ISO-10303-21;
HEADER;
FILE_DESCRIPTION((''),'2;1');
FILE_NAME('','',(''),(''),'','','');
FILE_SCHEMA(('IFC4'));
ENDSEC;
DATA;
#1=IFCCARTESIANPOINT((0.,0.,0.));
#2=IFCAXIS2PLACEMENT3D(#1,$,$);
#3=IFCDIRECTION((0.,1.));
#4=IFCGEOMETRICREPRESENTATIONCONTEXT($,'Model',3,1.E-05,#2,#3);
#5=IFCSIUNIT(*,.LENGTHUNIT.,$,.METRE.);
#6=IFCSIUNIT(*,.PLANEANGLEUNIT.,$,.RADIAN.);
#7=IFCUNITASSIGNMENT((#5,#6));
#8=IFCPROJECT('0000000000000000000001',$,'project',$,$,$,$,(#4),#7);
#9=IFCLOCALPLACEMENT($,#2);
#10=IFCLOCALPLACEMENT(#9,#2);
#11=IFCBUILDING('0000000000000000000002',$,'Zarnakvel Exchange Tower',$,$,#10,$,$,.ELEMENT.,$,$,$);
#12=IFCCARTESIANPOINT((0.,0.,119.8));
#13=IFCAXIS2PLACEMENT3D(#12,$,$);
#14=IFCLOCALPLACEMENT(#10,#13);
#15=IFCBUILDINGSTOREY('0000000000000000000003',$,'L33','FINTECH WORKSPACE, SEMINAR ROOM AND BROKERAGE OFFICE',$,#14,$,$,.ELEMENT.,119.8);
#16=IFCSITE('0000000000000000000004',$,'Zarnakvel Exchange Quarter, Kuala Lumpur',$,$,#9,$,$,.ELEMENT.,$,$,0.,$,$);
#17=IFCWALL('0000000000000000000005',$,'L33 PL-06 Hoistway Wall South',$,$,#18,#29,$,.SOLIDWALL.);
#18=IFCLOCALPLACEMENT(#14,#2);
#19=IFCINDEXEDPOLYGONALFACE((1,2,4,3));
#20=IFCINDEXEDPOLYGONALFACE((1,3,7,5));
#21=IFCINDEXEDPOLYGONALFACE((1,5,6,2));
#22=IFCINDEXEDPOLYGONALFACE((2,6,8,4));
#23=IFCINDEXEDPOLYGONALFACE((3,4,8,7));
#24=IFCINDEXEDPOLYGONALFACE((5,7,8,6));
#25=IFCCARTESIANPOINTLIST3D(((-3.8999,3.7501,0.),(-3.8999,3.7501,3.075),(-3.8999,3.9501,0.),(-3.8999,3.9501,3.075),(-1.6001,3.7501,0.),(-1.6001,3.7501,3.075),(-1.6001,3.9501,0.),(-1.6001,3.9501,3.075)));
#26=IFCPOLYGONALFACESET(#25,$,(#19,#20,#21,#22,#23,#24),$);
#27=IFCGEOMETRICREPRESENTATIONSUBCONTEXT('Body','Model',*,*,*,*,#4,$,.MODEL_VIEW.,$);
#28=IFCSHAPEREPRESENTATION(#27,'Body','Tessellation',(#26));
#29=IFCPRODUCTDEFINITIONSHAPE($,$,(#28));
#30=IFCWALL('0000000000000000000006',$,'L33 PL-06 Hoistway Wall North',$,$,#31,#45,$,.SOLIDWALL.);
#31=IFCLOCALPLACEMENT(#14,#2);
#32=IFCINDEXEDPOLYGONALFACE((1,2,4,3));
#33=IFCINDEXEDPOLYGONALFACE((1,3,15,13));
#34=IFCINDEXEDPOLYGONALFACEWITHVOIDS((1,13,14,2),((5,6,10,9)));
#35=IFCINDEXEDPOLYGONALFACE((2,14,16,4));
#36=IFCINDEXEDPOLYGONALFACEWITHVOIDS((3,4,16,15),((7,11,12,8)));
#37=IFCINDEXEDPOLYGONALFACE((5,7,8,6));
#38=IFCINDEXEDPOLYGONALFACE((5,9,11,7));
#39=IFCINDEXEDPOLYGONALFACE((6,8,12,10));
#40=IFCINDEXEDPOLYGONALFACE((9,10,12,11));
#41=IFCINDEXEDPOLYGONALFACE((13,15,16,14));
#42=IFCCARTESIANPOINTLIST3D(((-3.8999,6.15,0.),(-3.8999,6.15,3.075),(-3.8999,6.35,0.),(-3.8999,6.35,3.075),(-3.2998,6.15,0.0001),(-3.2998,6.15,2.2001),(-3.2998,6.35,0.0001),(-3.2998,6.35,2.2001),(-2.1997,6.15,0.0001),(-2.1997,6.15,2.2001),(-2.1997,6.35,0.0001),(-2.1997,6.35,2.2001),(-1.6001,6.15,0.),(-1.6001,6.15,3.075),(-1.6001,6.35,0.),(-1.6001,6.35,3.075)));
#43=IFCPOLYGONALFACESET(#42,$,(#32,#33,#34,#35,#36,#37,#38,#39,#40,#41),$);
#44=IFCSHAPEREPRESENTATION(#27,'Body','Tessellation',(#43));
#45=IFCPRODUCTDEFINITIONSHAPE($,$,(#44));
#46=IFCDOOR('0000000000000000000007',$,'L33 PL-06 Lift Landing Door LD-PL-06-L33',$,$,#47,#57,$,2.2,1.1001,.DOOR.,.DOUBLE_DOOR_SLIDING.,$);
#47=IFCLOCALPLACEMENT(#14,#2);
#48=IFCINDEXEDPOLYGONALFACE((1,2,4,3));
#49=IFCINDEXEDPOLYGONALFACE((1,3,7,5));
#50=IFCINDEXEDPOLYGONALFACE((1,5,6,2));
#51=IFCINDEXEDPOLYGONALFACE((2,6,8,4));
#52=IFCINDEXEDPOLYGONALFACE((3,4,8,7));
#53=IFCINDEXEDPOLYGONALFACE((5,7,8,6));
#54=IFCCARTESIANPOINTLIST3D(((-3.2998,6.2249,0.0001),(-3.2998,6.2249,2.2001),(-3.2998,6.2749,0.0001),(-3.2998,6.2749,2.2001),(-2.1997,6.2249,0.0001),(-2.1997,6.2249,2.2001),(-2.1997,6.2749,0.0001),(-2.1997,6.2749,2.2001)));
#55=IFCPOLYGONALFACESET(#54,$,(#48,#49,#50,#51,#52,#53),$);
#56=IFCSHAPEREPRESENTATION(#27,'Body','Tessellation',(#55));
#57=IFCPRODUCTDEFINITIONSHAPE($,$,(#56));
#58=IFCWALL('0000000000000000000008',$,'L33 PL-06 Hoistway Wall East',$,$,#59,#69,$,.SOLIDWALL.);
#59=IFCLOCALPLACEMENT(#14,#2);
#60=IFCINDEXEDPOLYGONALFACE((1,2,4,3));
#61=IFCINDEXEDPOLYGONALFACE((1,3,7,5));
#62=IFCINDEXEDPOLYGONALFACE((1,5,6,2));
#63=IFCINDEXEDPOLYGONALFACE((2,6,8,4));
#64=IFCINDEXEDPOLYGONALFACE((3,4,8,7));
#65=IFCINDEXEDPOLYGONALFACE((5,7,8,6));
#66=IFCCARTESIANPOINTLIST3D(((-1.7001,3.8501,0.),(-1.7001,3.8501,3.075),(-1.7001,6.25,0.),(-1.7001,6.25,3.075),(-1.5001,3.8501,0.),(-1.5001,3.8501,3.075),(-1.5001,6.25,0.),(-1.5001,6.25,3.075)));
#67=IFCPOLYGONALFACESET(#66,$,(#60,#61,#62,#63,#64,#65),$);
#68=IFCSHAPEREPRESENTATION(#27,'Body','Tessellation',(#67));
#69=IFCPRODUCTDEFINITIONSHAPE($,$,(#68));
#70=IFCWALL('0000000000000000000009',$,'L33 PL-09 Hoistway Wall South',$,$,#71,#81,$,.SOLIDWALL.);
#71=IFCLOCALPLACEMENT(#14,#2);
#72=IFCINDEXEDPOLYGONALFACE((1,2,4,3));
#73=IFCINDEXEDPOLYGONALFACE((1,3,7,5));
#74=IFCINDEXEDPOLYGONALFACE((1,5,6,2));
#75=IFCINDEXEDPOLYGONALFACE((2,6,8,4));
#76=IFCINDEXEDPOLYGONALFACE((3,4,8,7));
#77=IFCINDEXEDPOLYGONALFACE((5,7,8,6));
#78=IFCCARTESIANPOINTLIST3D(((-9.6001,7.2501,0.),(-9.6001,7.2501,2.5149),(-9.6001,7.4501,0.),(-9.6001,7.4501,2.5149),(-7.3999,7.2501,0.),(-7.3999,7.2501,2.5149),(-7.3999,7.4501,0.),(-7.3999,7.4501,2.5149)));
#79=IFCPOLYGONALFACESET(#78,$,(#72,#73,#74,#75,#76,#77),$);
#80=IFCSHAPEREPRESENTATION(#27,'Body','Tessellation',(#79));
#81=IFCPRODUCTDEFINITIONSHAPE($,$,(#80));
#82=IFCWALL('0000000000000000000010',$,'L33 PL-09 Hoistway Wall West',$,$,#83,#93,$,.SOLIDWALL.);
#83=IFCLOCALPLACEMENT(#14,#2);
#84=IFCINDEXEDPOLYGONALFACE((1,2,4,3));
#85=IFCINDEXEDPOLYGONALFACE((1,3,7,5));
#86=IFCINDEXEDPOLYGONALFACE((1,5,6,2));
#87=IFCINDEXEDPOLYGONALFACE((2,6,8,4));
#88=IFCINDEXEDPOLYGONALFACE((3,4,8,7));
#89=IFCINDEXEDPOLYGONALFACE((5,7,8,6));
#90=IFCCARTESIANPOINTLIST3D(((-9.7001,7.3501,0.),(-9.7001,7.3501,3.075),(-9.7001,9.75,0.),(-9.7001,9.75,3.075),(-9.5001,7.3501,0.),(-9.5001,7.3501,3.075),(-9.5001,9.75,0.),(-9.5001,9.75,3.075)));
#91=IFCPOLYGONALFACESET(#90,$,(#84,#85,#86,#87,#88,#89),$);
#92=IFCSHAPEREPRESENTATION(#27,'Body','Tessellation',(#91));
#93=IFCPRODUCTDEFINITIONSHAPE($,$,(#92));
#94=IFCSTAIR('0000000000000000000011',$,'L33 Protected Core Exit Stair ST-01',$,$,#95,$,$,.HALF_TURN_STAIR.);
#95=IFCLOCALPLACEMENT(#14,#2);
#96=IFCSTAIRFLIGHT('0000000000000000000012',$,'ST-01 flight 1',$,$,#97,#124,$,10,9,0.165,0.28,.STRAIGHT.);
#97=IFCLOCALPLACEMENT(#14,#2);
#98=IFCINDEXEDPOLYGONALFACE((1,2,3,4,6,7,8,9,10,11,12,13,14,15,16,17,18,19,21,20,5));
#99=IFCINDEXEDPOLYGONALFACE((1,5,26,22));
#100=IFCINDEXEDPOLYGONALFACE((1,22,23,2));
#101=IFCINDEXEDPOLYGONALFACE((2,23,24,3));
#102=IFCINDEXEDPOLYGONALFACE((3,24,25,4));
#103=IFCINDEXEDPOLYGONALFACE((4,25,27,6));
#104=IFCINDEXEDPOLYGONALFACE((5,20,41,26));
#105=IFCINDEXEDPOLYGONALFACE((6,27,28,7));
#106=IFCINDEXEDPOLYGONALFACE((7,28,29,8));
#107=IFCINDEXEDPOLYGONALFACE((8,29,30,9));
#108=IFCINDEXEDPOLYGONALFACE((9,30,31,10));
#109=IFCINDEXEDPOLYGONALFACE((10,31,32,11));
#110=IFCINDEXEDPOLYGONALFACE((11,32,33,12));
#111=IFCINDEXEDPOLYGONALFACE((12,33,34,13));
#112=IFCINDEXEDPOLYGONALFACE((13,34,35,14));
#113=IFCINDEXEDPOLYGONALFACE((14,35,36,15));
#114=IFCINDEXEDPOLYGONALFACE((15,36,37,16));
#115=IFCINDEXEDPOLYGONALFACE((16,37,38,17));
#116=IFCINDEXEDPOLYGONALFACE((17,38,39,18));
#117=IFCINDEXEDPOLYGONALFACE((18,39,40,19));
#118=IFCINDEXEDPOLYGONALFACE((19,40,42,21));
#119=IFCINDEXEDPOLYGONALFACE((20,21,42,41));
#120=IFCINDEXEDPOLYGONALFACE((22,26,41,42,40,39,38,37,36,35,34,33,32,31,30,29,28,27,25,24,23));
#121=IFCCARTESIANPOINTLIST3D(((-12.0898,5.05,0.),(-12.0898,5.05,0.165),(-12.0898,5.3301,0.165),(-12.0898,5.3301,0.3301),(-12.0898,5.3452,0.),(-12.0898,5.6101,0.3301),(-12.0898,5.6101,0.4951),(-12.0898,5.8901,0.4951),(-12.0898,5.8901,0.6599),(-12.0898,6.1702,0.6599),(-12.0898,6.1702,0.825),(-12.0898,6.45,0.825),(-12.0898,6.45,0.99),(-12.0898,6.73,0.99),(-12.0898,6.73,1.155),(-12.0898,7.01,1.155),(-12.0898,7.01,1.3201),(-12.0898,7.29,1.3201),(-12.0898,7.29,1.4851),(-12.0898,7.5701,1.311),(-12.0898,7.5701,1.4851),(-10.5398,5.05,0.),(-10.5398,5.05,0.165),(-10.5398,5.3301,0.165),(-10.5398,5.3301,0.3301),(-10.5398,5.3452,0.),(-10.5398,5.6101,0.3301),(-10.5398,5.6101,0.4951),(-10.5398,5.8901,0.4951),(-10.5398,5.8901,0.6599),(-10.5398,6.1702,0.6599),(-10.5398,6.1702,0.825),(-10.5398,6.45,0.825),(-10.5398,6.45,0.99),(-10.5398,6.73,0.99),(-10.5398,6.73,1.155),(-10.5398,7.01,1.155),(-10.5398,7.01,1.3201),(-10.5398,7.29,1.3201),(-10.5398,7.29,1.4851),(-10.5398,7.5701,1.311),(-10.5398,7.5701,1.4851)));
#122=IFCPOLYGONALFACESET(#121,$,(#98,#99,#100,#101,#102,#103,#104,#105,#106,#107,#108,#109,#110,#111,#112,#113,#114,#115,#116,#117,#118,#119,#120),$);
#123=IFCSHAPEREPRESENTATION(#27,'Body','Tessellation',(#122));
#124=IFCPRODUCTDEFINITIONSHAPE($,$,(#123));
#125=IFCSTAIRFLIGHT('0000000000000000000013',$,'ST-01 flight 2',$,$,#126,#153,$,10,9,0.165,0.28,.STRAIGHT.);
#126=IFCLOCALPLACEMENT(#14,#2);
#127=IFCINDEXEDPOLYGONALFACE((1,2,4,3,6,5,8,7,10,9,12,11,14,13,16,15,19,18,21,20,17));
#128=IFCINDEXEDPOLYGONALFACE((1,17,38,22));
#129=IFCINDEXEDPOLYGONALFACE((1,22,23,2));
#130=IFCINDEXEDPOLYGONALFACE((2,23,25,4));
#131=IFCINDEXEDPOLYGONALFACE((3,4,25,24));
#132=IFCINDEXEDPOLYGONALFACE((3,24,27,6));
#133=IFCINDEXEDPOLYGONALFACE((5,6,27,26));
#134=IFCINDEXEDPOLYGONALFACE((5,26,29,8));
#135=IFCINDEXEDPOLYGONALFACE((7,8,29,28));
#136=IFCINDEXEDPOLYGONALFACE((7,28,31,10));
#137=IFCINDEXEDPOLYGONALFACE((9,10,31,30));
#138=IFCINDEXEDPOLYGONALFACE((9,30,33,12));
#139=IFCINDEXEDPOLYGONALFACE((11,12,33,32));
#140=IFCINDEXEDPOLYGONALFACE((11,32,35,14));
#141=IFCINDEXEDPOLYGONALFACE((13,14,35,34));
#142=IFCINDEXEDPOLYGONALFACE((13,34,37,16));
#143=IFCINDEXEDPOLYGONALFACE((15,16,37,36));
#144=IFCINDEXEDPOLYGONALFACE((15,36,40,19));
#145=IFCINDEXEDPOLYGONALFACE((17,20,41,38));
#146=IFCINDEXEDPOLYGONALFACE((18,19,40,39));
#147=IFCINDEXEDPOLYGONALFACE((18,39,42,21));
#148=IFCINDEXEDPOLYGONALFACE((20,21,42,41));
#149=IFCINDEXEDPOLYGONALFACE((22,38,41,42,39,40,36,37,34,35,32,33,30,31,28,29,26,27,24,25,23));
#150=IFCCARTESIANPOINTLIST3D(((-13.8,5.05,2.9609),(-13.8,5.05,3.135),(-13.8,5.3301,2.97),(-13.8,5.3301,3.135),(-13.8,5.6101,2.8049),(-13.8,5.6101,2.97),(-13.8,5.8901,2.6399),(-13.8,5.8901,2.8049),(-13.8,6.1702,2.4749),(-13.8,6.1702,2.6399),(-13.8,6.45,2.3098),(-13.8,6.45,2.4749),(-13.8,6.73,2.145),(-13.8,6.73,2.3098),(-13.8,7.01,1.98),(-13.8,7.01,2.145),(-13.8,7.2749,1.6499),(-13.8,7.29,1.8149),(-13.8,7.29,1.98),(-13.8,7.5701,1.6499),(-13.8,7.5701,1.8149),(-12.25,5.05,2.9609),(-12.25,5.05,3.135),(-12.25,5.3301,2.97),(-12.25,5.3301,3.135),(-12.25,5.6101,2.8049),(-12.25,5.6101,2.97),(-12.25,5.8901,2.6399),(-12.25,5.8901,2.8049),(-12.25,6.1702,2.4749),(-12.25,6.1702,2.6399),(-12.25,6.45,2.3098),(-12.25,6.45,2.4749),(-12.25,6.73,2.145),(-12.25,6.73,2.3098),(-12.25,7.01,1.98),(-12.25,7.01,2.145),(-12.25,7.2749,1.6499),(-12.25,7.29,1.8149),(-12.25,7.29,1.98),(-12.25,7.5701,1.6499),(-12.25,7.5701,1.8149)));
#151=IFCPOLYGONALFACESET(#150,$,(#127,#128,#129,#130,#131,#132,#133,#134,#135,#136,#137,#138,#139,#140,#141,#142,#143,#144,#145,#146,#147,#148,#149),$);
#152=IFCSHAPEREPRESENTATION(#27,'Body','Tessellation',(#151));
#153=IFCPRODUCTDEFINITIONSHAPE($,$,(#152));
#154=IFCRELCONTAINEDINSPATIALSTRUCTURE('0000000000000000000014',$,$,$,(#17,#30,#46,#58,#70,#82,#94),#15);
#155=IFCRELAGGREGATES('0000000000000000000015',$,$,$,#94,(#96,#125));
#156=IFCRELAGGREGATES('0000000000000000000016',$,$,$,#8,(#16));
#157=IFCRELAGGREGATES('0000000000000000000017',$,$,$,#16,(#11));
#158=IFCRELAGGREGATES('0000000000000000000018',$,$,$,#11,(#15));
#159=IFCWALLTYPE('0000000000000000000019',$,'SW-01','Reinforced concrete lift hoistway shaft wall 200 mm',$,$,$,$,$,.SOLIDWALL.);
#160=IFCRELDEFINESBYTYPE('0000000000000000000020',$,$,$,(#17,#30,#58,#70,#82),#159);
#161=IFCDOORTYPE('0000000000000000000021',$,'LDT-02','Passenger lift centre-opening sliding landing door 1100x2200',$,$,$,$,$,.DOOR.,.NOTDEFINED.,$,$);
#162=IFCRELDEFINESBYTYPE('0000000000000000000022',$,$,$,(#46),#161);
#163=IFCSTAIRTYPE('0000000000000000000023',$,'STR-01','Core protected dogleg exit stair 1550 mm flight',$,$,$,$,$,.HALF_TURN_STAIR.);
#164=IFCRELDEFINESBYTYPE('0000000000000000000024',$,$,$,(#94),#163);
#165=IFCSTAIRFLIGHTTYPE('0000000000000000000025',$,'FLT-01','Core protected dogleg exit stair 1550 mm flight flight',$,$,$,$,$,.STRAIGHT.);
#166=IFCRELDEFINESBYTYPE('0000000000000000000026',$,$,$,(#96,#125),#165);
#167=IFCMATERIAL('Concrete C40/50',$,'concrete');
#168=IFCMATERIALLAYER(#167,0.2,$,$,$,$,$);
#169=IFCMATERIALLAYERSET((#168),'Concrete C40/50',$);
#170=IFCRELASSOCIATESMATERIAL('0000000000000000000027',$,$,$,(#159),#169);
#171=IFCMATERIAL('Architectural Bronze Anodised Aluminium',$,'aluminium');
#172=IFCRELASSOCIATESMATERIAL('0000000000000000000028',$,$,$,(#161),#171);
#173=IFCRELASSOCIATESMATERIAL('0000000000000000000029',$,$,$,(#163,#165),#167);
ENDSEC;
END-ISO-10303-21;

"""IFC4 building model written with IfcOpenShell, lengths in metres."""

from ifc_helpers import new_model, si_unit, direction, frame, frame_2d, origin, place, context, subcontext, project, spatial, polyline, rectangle, outline, extrude, source, transform, mapped, material, layer, layer_set, type_object, element, fill, aggregate, save


model = new_model("IFC4")

# Units and contexts
model_context = context("Model", 3, precision=1e-05, world=origin(), true_north=direction((0.0, 1.0)))
body_context = subcontext(model_context, "Body", "Model", "MODEL_VIEW")
ifc_project = project(units=[si_unit("LENGTHUNIT", "METRE"), si_unit("PLANEANGLEUNIT", "RADIAN")], contexts=[model_context])

# Site, building, storey
site_placement = place(None, origin())
site = spatial("IfcSite", under=ifc_project, at=site_placement, Name="Zarnakvel Exchange Quarter, Kuala Lumpur", CompositionType="ELEMENT", RefElevation=0.0)
building_placement = place(site_placement, origin())
building = spatial("IfcBuilding", under=site, at=building_placement, Name="Zarnakvel Exchange Tower", CompositionType="ELEMENT")
storey_placement = place(building_placement, frame((0.0, 0.0, 119.8)))
storey = spatial("IfcBuildingStorey", under=building, at=storey_placement, Name="L33", Description="FINTECH WORKSPACE, SEMINAR ROOM AND BROKERAGE OFFICE", CompositionType="ELEMENT", Elevation=119.8)

# Shared definitions
ifc_material_1 = material(Name="Concrete C40/50", Category="concrete")
ifc_layer_1 = layer(ifc_material_1, 0.2)
ifc_layer_set_1 = layer_set([ifc_layer_1], Name="Concrete C40/50")
wall_type_1 = type_object("IfcWallType", Name="SW-01", Description="Reinforced concrete lift hoistway shaft wall 200 mm", PredefinedType="SOLIDWALL", material=ifc_layer_set_1)
shared_shape_1 = source(origin(), body_context, "Body", "SweptSolid", [
    extrude(rectangle(XDim=1.1001, YDim=2.2, at=frame_2d((0.55, 1.1001))), frame((0.0, 0.0249, 0.0), z_axis=(0.0, -1.0, 0.0), x_axis=(1.0, 0.0, 0.0)), (0.0, 0.0, 1.0), 0.05),
])

# Shared definitions
ifc_material_2 = material(Name="Architectural Bronze Anodised Aluminium", Category="aluminium")
door_type_1 = type_object("IfcDoorType", Name="LDT-02", Description="Passenger lift centre-opening sliding landing door 1100x2200", OperationType="NOTDEFINED", PredefinedType="DOOR", material=ifc_material_2)

# Wall
wall_1_placement = place(storey_placement, frame((-1.6001, 3.8501, 0.0), z_axis=(0.0, 0.0, 1.0), x_axis=(-1.0, 0.0, 0.0)))
element("IfcWall", 1, at=wall_1_placement, inside=storey, type_object=wall_type_1, Name="L33 PL-06 Hoistway Wall South", PredefinedType="SOLIDWALL", context=body_context, shape_type="SweptSolid", body=[
    extrude(rectangle(XDim=2.2998, YDim=0.2, at=frame_2d((1.1499, 0.0))), origin(), (0.0, 0.0, 1.0), 3.075),
])

# Wall, opening, door
wall_2_placement = place(storey_placement, frame((-3.8999, 6.25, 0.0), z_axis=(0.0, 0.0, 1.0), x_axis=(1.0, 0.0, 0.0)))
wall_2 = element("IfcWall", 2, at=wall_2_placement, inside=storey, type_object=wall_type_1, Name="L33 PL-06 Hoistway Wall North", PredefinedType="SOLIDWALL", context=body_context, shape_type="SweptSolid", body=[
    extrude(rectangle(XDim=2.2998, YDim=0.2, at=frame_2d((1.1499, 0.0))), origin(), (0.0, 0.0, 1.0), 3.075),
])
opening_1_placement = place(wall_2_placement, frame((0.6001, 0.0, 0.0)))
opening_1 = element("IfcOpeningElement", 3, at=opening_1_placement, cuts=wall_2, PredefinedType="OPENING", context=body_context, shape_type="SweptSolid", body=[
    extrude(rectangle(XDim=1.1001, YDim=2.2, at=frame_2d((0.55, 1.1001))), frame((0.0, 0.1099, 0.0), z_axis=(0.0, -1.0, 0.0), x_axis=(1.0, 0.0, 0.0)), (0.0, 0.0, 1.0), 0.22),
])
door_1_placement = place(opening_1_placement, origin())
door_1 = element("IfcDoor", 4, at=door_1_placement, inside=storey, type_object=door_type_1, Name="L33 PL-06 Lift Landing Door LD-PL-06-L33", OperationType="DOUBLE_DOOR_SLIDING", OverallHeight=2.2, OverallWidth=1.1001, PredefinedType="DOOR", context=body_context, shape_type="MappedRepresentation", body=[
    mapped(shared_shape_1, transform((0.0, 0.0, 0.0), x_axis=(1.0, 0.0, 0.0), y_axis=(0.0, 1.0, 0.0), z_axis=(0.0, 0.0, 1.0), scale=1.0)),
])
fill(opening_1, door_1)

# Walls
wall_3_placement = place(storey_placement, frame((-1.6001, 6.25, 0.0), z_axis=(0.0, 0.0, 1.0), x_axis=(0.0, -1.0, 0.0)))
element("IfcWall", 5, at=wall_3_placement, inside=storey, type_object=wall_type_1, Name="L33 PL-06 Hoistway Wall East", PredefinedType="SOLIDWALL", context=body_context, shape_type="SweptSolid", body=[
    extrude(rectangle(XDim=2.3999, YDim=0.2, at=frame_2d((1.2, 0.0))), origin(), (0.0, 0.0, 1.0), 3.075),
])
wall_4_placement = place(storey_placement, frame((-7.3999, 7.3501, 0.0), z_axis=(0.0, 0.0, 1.0), x_axis=(-1.0, 0.0, 0.0)))
element("IfcWall", 6, at=wall_4_placement, inside=storey, type_object=wall_type_1, Name="L33 PL-09 Hoistway Wall South", PredefinedType="SOLIDWALL", context=body_context, shape_type="SweptSolid", body=[
    extrude(rectangle(XDim=2.2002, YDim=0.2, at=frame_2d((1.1001, 0.0))), origin(), (0.0, 0.0, 1.0), 2.5149),
])
wall_5_placement = place(storey_placement, frame((-9.6001, 7.3501, 0.0), z_axis=(0.0, 0.0, 1.0), x_axis=(0.0, 1.0, 0.0)))
element("IfcWall", 7, at=wall_5_placement, inside=storey, type_object=wall_type_1, Name="L33 PL-09 Hoistway Wall West", PredefinedType="SOLIDWALL", context=body_context, shape_type="SweptSolid", body=[
    extrude(rectangle(XDim=2.3999, YDim=0.2, at=frame_2d((1.2, 0.0))), origin(), (0.0, 0.0, 1.0), 3.075),
])

# Stair, stair flights
stair_type = type_object("IfcStairType", Name="STR-01", Description="Core protected dogleg exit stair 1550 mm flight", PredefinedType="HALF_TURN_STAIR", material=ifc_material_1)
stair_placement = place(storey_placement, origin())
stair = element("IfcStair", 8, at=stair_placement, inside=storey, type_object=stair_type, Name="L33 Protected Core Exit Stair ST-01", PredefinedType="HALF_TURN_STAIR")
stair_flight_type = type_object("IfcStairFlightType", Name="FLT-01", Description="Core protected dogleg exit stair 1550 mm flight flight", PredefinedType="STRAIGHT", material=ifc_material_1)
stair_flight_1_placement = place(storey_placement, frame((-11.3149, 5.05, 0.0), z_axis=(0.0, 0.0, 1.0), x_axis=(0.0, 1.0, 0.0)))
stair_flight_1 = element("IfcStairFlight", 9, at=stair_flight_1_placement, type_object=stair_flight_type, Name="ST-01 flight 1", NumberOfRisers=10, NumberOfTreads=9, PredefinedType="STRAIGHT", RiserHeight=0.165, TreadLength=0.28, context=body_context, shape_type="SweptSolid", body=[
    extrude(outline(polyline([(0.0, 0.0), (0.0, 0.165), (0.28, 0.165), (0.28, 0.3301), (0.5601, 0.3301), (0.5601, 0.4951), (0.8401, 0.4951), (0.8401, 0.6599), (1.1201, 0.6599), (1.1201, 0.825), (1.3999, 0.825), (1.3999, 0.99), (1.6799, 0.99), (1.6799, 1.155), (1.96, 1.155), (1.96, 1.3201), (2.24, 1.3201), (2.24, 1.4851), (2.52, 1.4851), (2.52, 1.6499), (2.52, 1.311), (0.2952, 0.0), (0.0, 0.0)])), frame((0.0, 0.7749, 0.0), z_axis=(0.0, -1.0, 0.0), x_axis=(1.0, 0.0, 0.0)), (0.0, 0.0, 1.0), 1.55),
])
stair_flight_2_placement = place(storey_placement, frame((-13.0249, 7.5701, 1.6499), z_axis=(0.0, 0.0, 1.0), x_axis=(0.0, -1.0, 0.0)))
stair_flight_2 = element("IfcStairFlight", 10, at=stair_flight_2_placement, type_object=stair_flight_type, Name="ST-01 flight 2", NumberOfRisers=10, NumberOfTreads=9, PredefinedType="STRAIGHT", RiserHeight=0.165, TreadLength=0.28, context=body_context, shape_type="SweptSolid", body=[
    extrude(outline(polyline([(0.0, 0.0), (0.0, 0.165), (0.28, 0.165), (0.28, 0.3301), (0.5601, 0.3301), (0.5601, 0.4951), (0.8401, 0.4951), (0.8401, 0.6599), (1.1201, 0.6599), (1.1201, 0.825), (1.3999, 0.825), (1.3999, 0.99), (1.6799, 0.99), (1.6799, 1.155), (1.96, 1.155), (1.96, 1.3201), (2.24, 1.3201), (2.24, 1.4851), (2.52, 1.4851), (2.52, 1.6499), (2.52, 1.311), (0.2952, 0.0), (0.0, 0.0)])), frame((0.0, 0.7749, 0.0), z_axis=(0.0, -1.0, 0.0), x_axis=(1.0, 0.0, 0.0)), (0.0, 0.0, 1.0), 1.55),
])
aggregate(stair, [stair_flight_1, stair_flight_2])

save(model, "model.ifc")
